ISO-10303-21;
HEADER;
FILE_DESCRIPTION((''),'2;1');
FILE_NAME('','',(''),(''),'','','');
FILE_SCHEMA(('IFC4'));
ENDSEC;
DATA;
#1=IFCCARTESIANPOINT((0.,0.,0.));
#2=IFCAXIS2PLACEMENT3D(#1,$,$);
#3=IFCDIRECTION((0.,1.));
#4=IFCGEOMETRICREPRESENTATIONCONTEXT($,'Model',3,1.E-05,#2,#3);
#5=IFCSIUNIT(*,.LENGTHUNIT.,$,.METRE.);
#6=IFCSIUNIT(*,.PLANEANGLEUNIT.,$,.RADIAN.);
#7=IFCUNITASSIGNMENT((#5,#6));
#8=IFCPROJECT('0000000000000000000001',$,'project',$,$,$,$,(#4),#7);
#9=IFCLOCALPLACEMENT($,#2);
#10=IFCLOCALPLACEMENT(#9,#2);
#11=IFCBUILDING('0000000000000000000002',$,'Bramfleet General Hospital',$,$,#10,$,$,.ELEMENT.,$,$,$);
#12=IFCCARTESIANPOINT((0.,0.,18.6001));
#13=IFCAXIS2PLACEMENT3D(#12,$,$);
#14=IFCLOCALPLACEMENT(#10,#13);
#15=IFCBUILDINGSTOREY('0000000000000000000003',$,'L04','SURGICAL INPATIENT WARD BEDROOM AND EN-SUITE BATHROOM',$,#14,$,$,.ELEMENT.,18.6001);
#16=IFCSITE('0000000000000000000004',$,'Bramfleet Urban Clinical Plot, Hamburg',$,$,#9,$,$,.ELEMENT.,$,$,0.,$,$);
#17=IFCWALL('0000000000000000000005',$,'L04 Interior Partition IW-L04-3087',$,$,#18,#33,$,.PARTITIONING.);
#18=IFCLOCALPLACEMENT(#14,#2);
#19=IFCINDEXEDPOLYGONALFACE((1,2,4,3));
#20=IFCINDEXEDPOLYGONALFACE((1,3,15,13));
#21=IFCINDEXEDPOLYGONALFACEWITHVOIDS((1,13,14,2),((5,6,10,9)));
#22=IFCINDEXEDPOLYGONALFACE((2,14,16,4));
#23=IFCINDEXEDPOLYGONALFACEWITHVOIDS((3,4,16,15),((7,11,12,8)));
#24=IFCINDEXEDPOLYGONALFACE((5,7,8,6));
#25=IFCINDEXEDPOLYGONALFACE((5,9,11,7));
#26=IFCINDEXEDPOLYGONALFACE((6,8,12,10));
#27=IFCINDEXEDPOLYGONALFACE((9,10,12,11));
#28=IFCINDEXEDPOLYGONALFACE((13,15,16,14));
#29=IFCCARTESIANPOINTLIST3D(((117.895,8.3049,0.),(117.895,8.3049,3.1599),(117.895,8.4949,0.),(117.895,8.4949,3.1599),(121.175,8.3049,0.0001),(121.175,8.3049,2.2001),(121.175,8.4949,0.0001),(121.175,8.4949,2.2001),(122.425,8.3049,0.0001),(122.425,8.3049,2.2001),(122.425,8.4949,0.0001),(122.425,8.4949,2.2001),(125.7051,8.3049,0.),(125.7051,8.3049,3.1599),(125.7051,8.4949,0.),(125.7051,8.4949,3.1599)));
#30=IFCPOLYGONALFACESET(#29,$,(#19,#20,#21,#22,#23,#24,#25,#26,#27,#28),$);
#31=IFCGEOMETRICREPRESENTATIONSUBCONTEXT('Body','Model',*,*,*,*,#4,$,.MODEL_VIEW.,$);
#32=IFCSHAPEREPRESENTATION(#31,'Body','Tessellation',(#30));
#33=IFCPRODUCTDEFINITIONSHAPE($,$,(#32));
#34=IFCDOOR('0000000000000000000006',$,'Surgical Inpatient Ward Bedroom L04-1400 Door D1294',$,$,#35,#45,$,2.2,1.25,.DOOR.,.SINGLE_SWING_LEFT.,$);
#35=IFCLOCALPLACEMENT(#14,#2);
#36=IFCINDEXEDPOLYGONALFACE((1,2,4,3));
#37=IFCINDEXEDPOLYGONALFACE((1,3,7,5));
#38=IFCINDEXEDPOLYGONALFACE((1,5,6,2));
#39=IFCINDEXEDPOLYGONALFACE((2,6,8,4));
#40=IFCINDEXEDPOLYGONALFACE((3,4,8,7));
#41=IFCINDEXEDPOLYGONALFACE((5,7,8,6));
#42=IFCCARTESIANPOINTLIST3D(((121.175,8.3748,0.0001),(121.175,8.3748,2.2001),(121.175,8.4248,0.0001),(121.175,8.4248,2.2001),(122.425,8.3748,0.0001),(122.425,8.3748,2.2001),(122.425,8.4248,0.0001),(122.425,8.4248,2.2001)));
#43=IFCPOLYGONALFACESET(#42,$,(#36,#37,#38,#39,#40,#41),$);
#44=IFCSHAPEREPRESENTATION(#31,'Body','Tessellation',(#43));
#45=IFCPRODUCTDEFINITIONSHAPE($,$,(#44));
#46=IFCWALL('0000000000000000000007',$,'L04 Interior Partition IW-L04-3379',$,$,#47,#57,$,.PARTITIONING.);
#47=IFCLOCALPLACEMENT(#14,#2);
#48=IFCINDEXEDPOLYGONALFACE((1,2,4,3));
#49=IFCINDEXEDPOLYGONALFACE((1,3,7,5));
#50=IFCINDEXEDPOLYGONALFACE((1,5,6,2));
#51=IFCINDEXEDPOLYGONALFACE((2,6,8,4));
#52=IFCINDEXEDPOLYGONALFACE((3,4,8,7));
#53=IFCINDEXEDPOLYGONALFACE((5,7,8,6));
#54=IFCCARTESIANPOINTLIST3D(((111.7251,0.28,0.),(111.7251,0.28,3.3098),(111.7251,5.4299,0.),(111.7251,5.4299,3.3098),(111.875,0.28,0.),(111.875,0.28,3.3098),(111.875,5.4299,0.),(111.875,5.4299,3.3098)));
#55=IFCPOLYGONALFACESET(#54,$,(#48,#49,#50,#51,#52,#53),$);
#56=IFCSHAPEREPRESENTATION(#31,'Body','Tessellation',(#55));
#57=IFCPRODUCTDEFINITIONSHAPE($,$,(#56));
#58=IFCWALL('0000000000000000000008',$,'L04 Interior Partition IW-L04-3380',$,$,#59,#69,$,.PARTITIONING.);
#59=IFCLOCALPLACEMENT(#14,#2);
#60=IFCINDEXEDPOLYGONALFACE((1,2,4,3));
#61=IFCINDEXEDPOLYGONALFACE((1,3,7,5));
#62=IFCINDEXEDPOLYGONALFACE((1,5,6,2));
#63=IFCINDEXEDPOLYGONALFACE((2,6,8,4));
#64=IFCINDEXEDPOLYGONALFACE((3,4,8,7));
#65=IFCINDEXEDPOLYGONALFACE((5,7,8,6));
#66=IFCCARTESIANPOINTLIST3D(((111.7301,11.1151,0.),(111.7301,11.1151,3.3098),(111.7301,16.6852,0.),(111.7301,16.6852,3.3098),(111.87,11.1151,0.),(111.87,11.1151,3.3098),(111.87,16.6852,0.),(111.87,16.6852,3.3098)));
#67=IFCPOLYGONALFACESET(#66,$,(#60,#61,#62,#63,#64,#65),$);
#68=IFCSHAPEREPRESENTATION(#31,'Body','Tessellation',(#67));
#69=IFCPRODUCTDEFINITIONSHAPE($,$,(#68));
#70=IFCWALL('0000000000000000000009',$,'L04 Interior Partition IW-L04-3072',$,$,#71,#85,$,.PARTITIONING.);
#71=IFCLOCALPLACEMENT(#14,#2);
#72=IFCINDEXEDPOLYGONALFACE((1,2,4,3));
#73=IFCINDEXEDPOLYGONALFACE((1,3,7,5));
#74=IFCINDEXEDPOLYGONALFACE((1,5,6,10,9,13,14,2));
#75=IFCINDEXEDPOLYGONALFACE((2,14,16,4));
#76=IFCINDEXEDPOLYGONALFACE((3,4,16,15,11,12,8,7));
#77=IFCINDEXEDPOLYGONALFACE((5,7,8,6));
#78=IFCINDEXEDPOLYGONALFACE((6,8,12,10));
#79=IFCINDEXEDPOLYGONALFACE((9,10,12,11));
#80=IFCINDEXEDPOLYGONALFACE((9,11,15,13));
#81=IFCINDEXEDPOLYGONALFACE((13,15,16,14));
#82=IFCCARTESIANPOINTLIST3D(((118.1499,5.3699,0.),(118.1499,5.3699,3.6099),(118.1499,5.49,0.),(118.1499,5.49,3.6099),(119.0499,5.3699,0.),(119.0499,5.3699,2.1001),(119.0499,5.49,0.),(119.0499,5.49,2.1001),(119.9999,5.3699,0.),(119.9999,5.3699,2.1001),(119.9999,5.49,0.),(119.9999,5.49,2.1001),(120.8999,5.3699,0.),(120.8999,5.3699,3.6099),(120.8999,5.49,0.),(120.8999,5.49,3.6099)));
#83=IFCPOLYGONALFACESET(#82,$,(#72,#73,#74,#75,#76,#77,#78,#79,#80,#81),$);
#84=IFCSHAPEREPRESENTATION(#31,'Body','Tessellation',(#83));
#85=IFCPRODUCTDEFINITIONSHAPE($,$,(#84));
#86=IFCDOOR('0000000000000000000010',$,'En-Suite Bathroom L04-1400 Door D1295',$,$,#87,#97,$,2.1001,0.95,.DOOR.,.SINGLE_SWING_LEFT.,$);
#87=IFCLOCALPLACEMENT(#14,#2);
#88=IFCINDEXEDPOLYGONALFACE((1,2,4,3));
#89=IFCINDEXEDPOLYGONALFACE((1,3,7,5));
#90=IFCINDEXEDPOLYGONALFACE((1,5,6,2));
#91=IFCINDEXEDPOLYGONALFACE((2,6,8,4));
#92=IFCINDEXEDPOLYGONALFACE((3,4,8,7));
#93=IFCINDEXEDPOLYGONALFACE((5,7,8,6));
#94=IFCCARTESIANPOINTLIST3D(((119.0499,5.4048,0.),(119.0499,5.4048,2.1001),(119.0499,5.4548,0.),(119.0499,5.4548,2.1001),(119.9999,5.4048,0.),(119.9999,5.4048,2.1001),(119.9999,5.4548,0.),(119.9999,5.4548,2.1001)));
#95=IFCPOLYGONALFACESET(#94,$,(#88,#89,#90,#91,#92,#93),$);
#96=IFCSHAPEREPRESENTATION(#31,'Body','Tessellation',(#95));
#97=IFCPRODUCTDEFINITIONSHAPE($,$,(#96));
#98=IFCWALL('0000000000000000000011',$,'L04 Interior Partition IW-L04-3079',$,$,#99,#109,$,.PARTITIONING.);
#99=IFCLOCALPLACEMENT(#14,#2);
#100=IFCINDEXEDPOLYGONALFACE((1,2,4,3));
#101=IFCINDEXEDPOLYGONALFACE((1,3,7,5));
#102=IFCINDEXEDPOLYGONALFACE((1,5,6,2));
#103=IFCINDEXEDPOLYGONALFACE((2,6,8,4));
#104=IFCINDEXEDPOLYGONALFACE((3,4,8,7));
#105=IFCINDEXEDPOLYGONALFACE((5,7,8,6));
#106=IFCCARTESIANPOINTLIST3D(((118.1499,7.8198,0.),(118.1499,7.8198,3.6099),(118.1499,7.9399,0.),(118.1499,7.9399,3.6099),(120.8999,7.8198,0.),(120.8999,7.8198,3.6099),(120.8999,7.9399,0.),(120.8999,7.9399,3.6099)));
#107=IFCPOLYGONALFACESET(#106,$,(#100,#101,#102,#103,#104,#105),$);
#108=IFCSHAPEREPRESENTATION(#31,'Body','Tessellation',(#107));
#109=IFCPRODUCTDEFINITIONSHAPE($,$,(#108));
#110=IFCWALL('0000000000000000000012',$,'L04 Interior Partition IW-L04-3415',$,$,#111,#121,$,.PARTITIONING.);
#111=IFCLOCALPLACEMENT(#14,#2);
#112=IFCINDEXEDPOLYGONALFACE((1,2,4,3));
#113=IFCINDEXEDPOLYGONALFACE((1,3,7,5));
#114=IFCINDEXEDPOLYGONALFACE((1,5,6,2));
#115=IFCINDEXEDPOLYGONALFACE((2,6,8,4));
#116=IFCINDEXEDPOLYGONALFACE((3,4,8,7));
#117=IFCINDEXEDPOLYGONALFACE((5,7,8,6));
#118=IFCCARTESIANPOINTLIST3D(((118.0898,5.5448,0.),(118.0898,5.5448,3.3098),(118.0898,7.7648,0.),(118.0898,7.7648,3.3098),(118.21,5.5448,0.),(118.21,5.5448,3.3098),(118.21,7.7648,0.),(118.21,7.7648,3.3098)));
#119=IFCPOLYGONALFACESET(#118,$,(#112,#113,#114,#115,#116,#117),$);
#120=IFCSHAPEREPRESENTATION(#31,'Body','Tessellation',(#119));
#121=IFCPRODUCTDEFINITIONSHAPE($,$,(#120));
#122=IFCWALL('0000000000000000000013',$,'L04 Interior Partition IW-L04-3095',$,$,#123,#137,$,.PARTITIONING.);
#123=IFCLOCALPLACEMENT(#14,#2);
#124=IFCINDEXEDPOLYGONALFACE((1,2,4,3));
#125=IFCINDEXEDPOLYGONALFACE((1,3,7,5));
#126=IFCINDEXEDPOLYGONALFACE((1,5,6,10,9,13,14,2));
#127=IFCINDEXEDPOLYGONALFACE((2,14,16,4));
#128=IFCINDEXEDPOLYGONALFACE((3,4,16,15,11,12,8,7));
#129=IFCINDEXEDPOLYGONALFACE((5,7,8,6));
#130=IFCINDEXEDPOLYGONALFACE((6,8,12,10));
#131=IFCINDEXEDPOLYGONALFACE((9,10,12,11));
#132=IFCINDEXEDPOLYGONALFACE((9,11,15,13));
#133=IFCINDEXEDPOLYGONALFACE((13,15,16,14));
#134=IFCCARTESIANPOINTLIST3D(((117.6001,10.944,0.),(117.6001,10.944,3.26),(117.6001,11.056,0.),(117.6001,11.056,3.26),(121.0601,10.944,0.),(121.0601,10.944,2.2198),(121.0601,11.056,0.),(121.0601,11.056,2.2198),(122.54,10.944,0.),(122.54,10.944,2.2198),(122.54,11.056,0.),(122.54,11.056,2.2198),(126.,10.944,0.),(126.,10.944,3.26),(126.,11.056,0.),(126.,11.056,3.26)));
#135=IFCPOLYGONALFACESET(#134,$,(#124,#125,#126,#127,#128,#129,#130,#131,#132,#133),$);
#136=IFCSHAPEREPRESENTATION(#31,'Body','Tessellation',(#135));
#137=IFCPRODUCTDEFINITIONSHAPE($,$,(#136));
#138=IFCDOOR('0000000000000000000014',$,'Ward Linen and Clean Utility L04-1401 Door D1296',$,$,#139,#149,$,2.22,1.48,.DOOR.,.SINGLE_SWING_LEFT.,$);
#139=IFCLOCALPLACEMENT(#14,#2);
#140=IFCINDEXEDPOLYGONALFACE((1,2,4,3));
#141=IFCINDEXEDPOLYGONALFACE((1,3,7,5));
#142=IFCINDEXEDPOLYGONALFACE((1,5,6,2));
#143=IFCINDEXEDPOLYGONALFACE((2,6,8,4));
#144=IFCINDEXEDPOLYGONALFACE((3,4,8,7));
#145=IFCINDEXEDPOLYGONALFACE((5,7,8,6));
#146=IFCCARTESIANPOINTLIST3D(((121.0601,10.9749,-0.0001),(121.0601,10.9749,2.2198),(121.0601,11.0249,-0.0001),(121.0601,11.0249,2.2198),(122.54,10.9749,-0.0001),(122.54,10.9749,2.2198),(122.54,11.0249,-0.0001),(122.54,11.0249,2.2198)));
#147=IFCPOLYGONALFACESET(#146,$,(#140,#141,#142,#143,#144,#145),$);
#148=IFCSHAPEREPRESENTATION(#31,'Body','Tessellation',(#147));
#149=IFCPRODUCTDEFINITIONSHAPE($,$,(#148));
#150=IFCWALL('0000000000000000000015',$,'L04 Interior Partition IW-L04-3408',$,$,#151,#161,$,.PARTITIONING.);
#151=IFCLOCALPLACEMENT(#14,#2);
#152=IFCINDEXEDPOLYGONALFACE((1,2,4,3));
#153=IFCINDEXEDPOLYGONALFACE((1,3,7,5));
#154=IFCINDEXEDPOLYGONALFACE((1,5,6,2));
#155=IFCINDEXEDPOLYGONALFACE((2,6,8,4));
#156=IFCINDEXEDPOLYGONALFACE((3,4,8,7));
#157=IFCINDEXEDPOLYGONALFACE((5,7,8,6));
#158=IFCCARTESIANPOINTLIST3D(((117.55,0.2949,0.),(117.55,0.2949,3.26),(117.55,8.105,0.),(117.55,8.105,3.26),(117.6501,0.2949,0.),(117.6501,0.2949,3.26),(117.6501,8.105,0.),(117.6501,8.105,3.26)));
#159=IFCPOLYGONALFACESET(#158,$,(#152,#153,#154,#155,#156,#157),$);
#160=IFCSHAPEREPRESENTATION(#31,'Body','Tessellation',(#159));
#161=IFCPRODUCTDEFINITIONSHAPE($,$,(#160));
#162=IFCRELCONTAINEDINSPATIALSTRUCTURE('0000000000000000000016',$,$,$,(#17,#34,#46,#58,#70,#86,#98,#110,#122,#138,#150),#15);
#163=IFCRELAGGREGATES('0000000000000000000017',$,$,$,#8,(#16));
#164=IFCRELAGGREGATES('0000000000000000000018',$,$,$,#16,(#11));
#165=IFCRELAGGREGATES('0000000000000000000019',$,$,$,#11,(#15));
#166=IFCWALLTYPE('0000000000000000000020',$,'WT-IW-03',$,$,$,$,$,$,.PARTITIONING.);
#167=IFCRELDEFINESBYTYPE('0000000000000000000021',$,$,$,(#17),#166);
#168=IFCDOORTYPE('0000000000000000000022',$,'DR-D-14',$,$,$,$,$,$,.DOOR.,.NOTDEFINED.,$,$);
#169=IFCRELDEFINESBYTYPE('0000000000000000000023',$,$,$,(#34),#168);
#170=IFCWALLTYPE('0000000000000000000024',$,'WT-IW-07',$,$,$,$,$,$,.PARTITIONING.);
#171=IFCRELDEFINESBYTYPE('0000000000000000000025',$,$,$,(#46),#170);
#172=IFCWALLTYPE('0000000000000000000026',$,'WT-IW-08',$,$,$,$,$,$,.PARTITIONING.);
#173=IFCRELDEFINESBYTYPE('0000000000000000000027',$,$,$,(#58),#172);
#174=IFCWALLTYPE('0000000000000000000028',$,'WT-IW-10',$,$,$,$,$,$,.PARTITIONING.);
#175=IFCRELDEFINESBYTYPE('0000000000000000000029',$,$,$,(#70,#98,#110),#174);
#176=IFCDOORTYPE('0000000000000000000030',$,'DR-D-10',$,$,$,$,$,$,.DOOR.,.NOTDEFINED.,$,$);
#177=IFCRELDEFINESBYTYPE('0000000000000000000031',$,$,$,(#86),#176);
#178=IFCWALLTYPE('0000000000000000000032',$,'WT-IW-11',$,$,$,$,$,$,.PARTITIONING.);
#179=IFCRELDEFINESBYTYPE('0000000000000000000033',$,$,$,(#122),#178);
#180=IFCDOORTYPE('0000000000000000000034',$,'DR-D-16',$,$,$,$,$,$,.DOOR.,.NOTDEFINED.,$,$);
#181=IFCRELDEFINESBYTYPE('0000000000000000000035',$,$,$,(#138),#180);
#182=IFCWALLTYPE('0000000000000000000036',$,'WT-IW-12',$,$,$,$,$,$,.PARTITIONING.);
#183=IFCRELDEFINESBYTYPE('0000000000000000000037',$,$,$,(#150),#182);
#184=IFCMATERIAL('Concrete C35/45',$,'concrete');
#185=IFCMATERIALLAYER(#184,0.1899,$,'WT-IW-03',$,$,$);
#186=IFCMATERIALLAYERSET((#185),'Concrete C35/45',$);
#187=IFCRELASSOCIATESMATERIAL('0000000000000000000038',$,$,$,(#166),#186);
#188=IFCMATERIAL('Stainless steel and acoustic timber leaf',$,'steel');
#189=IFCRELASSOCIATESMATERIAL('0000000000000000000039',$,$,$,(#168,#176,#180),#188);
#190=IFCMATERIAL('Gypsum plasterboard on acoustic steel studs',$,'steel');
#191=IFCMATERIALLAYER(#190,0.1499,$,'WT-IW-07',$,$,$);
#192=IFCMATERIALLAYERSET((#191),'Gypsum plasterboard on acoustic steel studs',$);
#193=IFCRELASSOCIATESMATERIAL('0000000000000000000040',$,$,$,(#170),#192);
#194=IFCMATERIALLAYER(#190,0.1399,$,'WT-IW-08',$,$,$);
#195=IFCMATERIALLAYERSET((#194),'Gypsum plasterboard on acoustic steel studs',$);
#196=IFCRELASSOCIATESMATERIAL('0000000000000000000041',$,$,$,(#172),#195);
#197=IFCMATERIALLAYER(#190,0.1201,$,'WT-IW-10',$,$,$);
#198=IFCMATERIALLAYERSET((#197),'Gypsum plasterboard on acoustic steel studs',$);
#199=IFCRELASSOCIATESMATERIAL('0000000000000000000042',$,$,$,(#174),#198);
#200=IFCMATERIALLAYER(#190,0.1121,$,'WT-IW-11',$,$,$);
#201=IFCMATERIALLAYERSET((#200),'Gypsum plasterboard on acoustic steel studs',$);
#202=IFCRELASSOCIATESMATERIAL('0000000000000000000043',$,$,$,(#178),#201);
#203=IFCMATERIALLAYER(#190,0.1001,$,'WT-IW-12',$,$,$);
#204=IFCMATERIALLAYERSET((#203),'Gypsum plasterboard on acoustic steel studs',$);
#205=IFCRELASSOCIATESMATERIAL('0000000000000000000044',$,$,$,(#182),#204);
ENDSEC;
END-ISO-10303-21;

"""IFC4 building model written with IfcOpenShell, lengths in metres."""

from ifc_helpers import new_model, si_unit, direction, frame, frame_2d, origin, place, context, subcontext, project, spatial, rectangle, extrude, material, layer, layer_set, type_object, element, fill, save


model = new_model("IFC4")

# Units and contexts
model_context = context("Model", 3, precision=1e-05, world=origin(), true_north=direction((0.0, 1.0)))
body_context = subcontext(model_context, "Body", "Model", "MODEL_VIEW")
ifc_project = project(units=[si_unit("LENGTHUNIT", "METRE"), si_unit("PLANEANGLEUNIT", "RADIAN")], contexts=[model_context])

# Site, building, storey
site_placement = place(None, origin())
site = spatial("IfcSite", under=ifc_project, at=site_placement, Name="Bramfleet Urban Clinical Plot, Hamburg", CompositionType="ELEMENT", RefElevation=0.0)
building_placement = place(site_placement, origin())
building = spatial("IfcBuilding", under=site, at=building_placement, Name="Bramfleet General Hospital", CompositionType="ELEMENT")
storey_placement = place(building_placement, frame((0.0, 0.0, 18.6001)))
storey = spatial("IfcBuildingStorey", under=building, at=storey_placement, Name="L04", Description="SURGICAL INPATIENT WARD BEDROOM AND EN-SUITE BATHROOM", CompositionType="ELEMENT", Elevation=18.6001)

# Shared definitions
ifc_material_1 = material(Name="Concrete C35/45", Category="concrete")

# Wall, opening, door
ifc_layer_1 = layer(ifc_material_1, 0.1899, Name="WT-IW-03")
ifc_layer_set_1 = layer_set([ifc_layer_1], Name="Concrete C35/45")
wall_type_1 = type_object("IfcWallType", Name="WT-IW-03", PredefinedType="PARTITIONING", material=ifc_layer_set_1)
wall_1_placement = place(storey_placement, frame((117.895, 8.3999, 0.0), z_axis=(0.0, 0.0, 1.0), x_axis=(1.0, 0.0, 0.0)))
wall_1 = element("IfcWall", 1, at=wall_1_placement, inside=storey, type_object=wall_type_1, Name="L04 Interior Partition IW-L04-3087", PredefinedType="PARTITIONING", context=body_context, shape_type="SweptSolid", body=[
    extrude(rectangle(XDim=7.8101, YDim=0.1899, at=frame_2d((3.905, 0.0))), origin(), (0.0, 0.0, 1.0), 3.1599),
])
opening_1_placement = place(wall_1_placement, frame((3.28, 0.0, 0.0)))
opening_1 = element("IfcOpeningElement", 2, at=opening_1_placement, cuts=wall_1, PredefinedType="OPENING", context=body_context, shape_type="SweptSolid", body=[
    extrude(rectangle(XDim=1.25, YDim=2.2, at=frame_2d((0.625, 1.1001))), frame((0.0, 0.105, 0.0), z_axis=(0.0, -1.0, 0.0), x_axis=(1.0, 0.0, 0.0)), (0.0, 0.0, 1.0), 0.21),
])
ifc_material_2 = material(Name="Stainless steel and acoustic timber leaf", Category="steel")
door_type_1 = type_object("IfcDoorType", Name="DR-D-14", OperationType="NOTDEFINED", PredefinedType="DOOR", material=ifc_material_2)
door_1_placement = place(opening_1_placement, origin())
door_1 = element("IfcDoor", 3, at=door_1_placement, inside=storey, type_object=door_type_1, Name="Surgical Inpatient Ward Bedroom L04-1400 Door D1294", OperationType="SINGLE_SWING_LEFT", OverallHeight=2.2, OverallWidth=1.25, PredefinedType="DOOR", context=body_context, shape_type="SweptSolid", body=[
    extrude(rectangle(XDim=1.25, YDim=2.2, at=frame_2d((0.625, 1.1001))), frame((0.0, 0.0249, 0.0), z_axis=(0.0, -1.0, 0.0), x_axis=(1.0, 0.0, 0.0)), (0.0, 0.0, 1.0), 0.05),
])
fill(opening_1, door_1)

# Walls
ifc_material_3 = material(Name="Gypsum plasterboard on acoustic steel studs", Category="steel")
ifc_layer_2 = layer(ifc_material_3, 0.1499, Name="WT-IW-07")
ifc_layer_set_2 = layer_set([ifc_layer_2], Name="Gypsum plasterboard on acoustic steel studs")
wall_type_2 = type_object("IfcWallType", Name="WT-IW-07", PredefinedType="PARTITIONING", material=ifc_layer_set_2)
wall_2_placement = place(storey_placement, frame((111.8, 0.28, 0.0), z_axis=(0.0, 0.0, 1.0), x_axis=(0.0, 1.0, 0.0)))
element("IfcWall", 4, at=wall_2_placement, inside=storey, type_object=wall_type_2, Name="L04 Interior Partition IW-L04-3379", PredefinedType="PARTITIONING", context=body_context, shape_type="SweptSolid", body=[
    extrude(rectangle(XDim=5.1499, YDim=0.1499, at=frame_2d((2.575, 0.0))), origin(), (0.0, 0.0, 1.0), 3.3098),
])
ifc_layer_3 = layer(ifc_material_3, 0.1399, Name="WT-IW-08")
ifc_layer_set_3 = layer_set([ifc_layer_3], Name="Gypsum plasterboard on acoustic steel studs")
wall_type_3 = type_object("IfcWallType", Name="WT-IW-08", PredefinedType="PARTITIONING", material=ifc_layer_set_3)
wall_3_placement = place(storey_placement, frame((111.8, 11.115, 0.0), z_axis=(0.0, 0.0, 1.0), x_axis=(0.0, 1.0, 0.0)))
element("IfcWall", 5, at=wall_3_placement, inside=storey, type_object=wall_type_3, Name="L04 Interior Partition IW-L04-3380", PredefinedType="PARTITIONING", context=body_context, shape_type="SweptSolid", body=[
    extrude(rectangle(XDim=5.5701, YDim=0.1399, at=frame_2d((2.7852, 0.0))), origin(), (0.0, 0.0, 1.0), 3.3098),
])

# Wall, opening, door
ifc_layer_4 = layer(ifc_material_3, 0.1201, Name="WT-IW-10")
ifc_layer_set_4 = layer_set([ifc_layer_4], Name="Gypsum plasterboard on acoustic steel studs")
wall_type_4 = type_object("IfcWallType", Name="WT-IW-10", PredefinedType="PARTITIONING", material=ifc_layer_set_4)
wall_4_placement = place(storey_placement, frame((118.1499, 5.4299, 0.0), z_axis=(0.0, 0.0, 1.0), x_axis=(1.0, 0.0, 0.0)))
wall_4 = element("IfcWall", 6, at=wall_4_placement, inside=storey, type_object=wall_type_4, Name="L04 Interior Partition IW-L04-3072", PredefinedType="PARTITIONING", context=body_context, shape_type="SweptSolid", body=[
    extrude(rectangle(XDim=2.75, YDim=0.1201, at=frame_2d((1.375, 0.0))), origin(), (0.0, 0.0, 1.0), 3.6099),
])
opening_2_placement = place(wall_4_placement, frame((0.8999, 0.0, 0.0)))
opening_2 = element("IfcOpeningElement", 7, at=opening_2_placement, cuts=wall_4, PredefinedType="OPENING", context=body_context, shape_type="SweptSolid", body=[
    extrude(rectangle(XDim=0.95, YDim=2.1001, at=frame_2d((0.4751, 1.05))), frame((0.0, 0.0701, 0.0), z_axis=(0.0, -1.0, 0.0), x_axis=(1.0, 0.0, 0.0)), (0.0, 0.0, 1.0), 0.1401),
])
door_type_2 = type_object("IfcDoorType", Name="DR-D-10", OperationType="NOTDEFINED", PredefinedType="DOOR", material=ifc_material_2)
door_2_placement = place(opening_2_placement, origin())
door_2 = element("IfcDoor", 8, at=door_2_placement, inside=storey, type_object=door_type_2, Name="En-Suite Bathroom L04-1400 Door D1295", OperationType="SINGLE_SWING_LEFT", OverallHeight=2.1001, OverallWidth=0.95, PredefinedType="DOOR", context=body_context, shape_type="SweptSolid", body=[
    extrude(rectangle(XDim=0.95, YDim=2.1001, at=frame_2d((0.4751, 1.05))), frame((0.0, 0.0249, 0.0), z_axis=(0.0, -1.0, 0.0), x_axis=(1.0, 0.0, 0.0)), (0.0, 0.0, 1.0), 0.05),
])
fill(opening_2, door_2)

# Walls
wall_5_placement = place(storey_placement, frame((118.1499, 7.8799, 0.0), z_axis=(0.0, 0.0, 1.0), x_axis=(1.0, 0.0, 0.0)))
element("IfcWall", 9, at=wall_5_placement, inside=storey, type_object=wall_type_4, Name="L04 Interior Partition IW-L04-3079", PredefinedType="PARTITIONING", context=body_context, shape_type="SweptSolid", body=[
    extrude(rectangle(XDim=2.75, YDim=0.1201, at=frame_2d((1.375, 0.0))), origin(), (0.0, 0.0, 1.0), 3.6099),
])
wall_6_placement = place(storey_placement, frame((118.1499, 5.5449, 0.0), z_axis=(0.0, 0.0, 1.0), x_axis=(0.0, 1.0, 0.0)))
element("IfcWall", 10, at=wall_6_placement, inside=storey, type_object=wall_type_4, Name="L04 Interior Partition IW-L04-3415", PredefinedType="PARTITIONING", context=body_context, shape_type="SweptSolid", body=[
    extrude(rectangle(XDim=2.22, YDim=0.1201, at=frame_2d((1.1099, 0.0))), origin(), (0.0, 0.0, 1.0), 3.3098),
])

# Wall, opening, door
ifc_layer_5 = layer(ifc_material_3, 0.1121, Name="WT-IW-11")
ifc_layer_set_5 = layer_set([ifc_layer_5], Name="Gypsum plasterboard on acoustic steel studs")
wall_type_5 = type_object("IfcWallType", Name="WT-IW-11", PredefinedType="PARTITIONING", material=ifc_layer_set_5)
wall_7_placement = place(storey_placement, frame((117.6001, 11.0, 0.0), z_axis=(0.0, 0.0, 1.0), x_axis=(1.0, 0.0, 0.0)))
wall_7 = element("IfcWall", 11, at=wall_7_placement, inside=storey, type_object=wall_type_5, Name="L04 Interior Partition IW-L04-3095", PredefinedType="PARTITIONING", context=body_context, shape_type="SweptSolid", body=[
    extrude(rectangle(XDim=8.3999, YDim=0.1121, at=frame_2d((4.2, 0.0))), origin(), (0.0, 0.0, 1.0), 3.26),
])
opening_3_placement = place(wall_7_placement, frame((3.46, 0.0, 0.0)))
opening_3 = element("IfcOpeningElement", 12, at=opening_3_placement, cuts=wall_7, PredefinedType="OPENING", context=body_context, shape_type="SweptSolid", body=[
    extrude(rectangle(XDim=1.48, YDim=2.22, at=frame_2d((0.74, 1.1099))), frame((0.0, 0.0659, 0.0), z_axis=(0.0, -1.0, 0.0), x_axis=(1.0, 0.0, 0.0)), (0.0, 0.0, 1.0), 0.1321),
])
door_type_3 = type_object("IfcDoorType", Name="DR-D-16", OperationType="NOTDEFINED", PredefinedType="DOOR", material=ifc_material_2)
door_3_placement = place(opening_3_placement, origin())
door_3 = element("IfcDoor", 13, at=door_3_placement, inside=storey, type_object=door_type_3, Name="Ward Linen and Clean Utility L04-1401 Door D1296", OperationType="SINGLE_SWING_LEFT", OverallHeight=2.22, OverallWidth=1.48, PredefinedType="DOOR", context=body_context, shape_type="SweptSolid", body=[
    extrude(rectangle(XDim=1.48, YDim=2.22, at=frame_2d((0.74, 1.1099))), frame((0.0, 0.0249, 0.0), z_axis=(0.0, -1.0, 0.0), x_axis=(1.0, 0.0, 0.0)), (0.0, 0.0, 1.0), 0.05),
])
fill(opening_3, door_3)

# Wall
ifc_layer_6 = layer(ifc_material_3, 0.1001, Name="WT-IW-12")
ifc_layer_set_6 = layer_set([ifc_layer_6], Name="Gypsum plasterboard on acoustic steel studs")
wall_type_6 = type_object("IfcWallType", Name="WT-IW-12", PredefinedType="PARTITIONING", material=ifc_layer_set_6)
wall_8_placement = place(storey_placement, frame((117.6001, 0.2949, 0.0), z_axis=(0.0, 0.0, 1.0), x_axis=(0.0, 1.0, 0.0)))
element("IfcWall", 14, at=wall_8_placement, inside=storey, type_object=wall_type_6, Name="L04 Interior Partition IW-L04-3408", PredefinedType="PARTITIONING", context=body_context, shape_type="SweptSolid", body=[
    extrude(rectangle(XDim=7.8101, YDim=0.1001, at=frame_2d((3.905, 0.0))), origin(), (0.0, 0.0, 1.0), 3.26),
])

save(model, "model.ifc")
